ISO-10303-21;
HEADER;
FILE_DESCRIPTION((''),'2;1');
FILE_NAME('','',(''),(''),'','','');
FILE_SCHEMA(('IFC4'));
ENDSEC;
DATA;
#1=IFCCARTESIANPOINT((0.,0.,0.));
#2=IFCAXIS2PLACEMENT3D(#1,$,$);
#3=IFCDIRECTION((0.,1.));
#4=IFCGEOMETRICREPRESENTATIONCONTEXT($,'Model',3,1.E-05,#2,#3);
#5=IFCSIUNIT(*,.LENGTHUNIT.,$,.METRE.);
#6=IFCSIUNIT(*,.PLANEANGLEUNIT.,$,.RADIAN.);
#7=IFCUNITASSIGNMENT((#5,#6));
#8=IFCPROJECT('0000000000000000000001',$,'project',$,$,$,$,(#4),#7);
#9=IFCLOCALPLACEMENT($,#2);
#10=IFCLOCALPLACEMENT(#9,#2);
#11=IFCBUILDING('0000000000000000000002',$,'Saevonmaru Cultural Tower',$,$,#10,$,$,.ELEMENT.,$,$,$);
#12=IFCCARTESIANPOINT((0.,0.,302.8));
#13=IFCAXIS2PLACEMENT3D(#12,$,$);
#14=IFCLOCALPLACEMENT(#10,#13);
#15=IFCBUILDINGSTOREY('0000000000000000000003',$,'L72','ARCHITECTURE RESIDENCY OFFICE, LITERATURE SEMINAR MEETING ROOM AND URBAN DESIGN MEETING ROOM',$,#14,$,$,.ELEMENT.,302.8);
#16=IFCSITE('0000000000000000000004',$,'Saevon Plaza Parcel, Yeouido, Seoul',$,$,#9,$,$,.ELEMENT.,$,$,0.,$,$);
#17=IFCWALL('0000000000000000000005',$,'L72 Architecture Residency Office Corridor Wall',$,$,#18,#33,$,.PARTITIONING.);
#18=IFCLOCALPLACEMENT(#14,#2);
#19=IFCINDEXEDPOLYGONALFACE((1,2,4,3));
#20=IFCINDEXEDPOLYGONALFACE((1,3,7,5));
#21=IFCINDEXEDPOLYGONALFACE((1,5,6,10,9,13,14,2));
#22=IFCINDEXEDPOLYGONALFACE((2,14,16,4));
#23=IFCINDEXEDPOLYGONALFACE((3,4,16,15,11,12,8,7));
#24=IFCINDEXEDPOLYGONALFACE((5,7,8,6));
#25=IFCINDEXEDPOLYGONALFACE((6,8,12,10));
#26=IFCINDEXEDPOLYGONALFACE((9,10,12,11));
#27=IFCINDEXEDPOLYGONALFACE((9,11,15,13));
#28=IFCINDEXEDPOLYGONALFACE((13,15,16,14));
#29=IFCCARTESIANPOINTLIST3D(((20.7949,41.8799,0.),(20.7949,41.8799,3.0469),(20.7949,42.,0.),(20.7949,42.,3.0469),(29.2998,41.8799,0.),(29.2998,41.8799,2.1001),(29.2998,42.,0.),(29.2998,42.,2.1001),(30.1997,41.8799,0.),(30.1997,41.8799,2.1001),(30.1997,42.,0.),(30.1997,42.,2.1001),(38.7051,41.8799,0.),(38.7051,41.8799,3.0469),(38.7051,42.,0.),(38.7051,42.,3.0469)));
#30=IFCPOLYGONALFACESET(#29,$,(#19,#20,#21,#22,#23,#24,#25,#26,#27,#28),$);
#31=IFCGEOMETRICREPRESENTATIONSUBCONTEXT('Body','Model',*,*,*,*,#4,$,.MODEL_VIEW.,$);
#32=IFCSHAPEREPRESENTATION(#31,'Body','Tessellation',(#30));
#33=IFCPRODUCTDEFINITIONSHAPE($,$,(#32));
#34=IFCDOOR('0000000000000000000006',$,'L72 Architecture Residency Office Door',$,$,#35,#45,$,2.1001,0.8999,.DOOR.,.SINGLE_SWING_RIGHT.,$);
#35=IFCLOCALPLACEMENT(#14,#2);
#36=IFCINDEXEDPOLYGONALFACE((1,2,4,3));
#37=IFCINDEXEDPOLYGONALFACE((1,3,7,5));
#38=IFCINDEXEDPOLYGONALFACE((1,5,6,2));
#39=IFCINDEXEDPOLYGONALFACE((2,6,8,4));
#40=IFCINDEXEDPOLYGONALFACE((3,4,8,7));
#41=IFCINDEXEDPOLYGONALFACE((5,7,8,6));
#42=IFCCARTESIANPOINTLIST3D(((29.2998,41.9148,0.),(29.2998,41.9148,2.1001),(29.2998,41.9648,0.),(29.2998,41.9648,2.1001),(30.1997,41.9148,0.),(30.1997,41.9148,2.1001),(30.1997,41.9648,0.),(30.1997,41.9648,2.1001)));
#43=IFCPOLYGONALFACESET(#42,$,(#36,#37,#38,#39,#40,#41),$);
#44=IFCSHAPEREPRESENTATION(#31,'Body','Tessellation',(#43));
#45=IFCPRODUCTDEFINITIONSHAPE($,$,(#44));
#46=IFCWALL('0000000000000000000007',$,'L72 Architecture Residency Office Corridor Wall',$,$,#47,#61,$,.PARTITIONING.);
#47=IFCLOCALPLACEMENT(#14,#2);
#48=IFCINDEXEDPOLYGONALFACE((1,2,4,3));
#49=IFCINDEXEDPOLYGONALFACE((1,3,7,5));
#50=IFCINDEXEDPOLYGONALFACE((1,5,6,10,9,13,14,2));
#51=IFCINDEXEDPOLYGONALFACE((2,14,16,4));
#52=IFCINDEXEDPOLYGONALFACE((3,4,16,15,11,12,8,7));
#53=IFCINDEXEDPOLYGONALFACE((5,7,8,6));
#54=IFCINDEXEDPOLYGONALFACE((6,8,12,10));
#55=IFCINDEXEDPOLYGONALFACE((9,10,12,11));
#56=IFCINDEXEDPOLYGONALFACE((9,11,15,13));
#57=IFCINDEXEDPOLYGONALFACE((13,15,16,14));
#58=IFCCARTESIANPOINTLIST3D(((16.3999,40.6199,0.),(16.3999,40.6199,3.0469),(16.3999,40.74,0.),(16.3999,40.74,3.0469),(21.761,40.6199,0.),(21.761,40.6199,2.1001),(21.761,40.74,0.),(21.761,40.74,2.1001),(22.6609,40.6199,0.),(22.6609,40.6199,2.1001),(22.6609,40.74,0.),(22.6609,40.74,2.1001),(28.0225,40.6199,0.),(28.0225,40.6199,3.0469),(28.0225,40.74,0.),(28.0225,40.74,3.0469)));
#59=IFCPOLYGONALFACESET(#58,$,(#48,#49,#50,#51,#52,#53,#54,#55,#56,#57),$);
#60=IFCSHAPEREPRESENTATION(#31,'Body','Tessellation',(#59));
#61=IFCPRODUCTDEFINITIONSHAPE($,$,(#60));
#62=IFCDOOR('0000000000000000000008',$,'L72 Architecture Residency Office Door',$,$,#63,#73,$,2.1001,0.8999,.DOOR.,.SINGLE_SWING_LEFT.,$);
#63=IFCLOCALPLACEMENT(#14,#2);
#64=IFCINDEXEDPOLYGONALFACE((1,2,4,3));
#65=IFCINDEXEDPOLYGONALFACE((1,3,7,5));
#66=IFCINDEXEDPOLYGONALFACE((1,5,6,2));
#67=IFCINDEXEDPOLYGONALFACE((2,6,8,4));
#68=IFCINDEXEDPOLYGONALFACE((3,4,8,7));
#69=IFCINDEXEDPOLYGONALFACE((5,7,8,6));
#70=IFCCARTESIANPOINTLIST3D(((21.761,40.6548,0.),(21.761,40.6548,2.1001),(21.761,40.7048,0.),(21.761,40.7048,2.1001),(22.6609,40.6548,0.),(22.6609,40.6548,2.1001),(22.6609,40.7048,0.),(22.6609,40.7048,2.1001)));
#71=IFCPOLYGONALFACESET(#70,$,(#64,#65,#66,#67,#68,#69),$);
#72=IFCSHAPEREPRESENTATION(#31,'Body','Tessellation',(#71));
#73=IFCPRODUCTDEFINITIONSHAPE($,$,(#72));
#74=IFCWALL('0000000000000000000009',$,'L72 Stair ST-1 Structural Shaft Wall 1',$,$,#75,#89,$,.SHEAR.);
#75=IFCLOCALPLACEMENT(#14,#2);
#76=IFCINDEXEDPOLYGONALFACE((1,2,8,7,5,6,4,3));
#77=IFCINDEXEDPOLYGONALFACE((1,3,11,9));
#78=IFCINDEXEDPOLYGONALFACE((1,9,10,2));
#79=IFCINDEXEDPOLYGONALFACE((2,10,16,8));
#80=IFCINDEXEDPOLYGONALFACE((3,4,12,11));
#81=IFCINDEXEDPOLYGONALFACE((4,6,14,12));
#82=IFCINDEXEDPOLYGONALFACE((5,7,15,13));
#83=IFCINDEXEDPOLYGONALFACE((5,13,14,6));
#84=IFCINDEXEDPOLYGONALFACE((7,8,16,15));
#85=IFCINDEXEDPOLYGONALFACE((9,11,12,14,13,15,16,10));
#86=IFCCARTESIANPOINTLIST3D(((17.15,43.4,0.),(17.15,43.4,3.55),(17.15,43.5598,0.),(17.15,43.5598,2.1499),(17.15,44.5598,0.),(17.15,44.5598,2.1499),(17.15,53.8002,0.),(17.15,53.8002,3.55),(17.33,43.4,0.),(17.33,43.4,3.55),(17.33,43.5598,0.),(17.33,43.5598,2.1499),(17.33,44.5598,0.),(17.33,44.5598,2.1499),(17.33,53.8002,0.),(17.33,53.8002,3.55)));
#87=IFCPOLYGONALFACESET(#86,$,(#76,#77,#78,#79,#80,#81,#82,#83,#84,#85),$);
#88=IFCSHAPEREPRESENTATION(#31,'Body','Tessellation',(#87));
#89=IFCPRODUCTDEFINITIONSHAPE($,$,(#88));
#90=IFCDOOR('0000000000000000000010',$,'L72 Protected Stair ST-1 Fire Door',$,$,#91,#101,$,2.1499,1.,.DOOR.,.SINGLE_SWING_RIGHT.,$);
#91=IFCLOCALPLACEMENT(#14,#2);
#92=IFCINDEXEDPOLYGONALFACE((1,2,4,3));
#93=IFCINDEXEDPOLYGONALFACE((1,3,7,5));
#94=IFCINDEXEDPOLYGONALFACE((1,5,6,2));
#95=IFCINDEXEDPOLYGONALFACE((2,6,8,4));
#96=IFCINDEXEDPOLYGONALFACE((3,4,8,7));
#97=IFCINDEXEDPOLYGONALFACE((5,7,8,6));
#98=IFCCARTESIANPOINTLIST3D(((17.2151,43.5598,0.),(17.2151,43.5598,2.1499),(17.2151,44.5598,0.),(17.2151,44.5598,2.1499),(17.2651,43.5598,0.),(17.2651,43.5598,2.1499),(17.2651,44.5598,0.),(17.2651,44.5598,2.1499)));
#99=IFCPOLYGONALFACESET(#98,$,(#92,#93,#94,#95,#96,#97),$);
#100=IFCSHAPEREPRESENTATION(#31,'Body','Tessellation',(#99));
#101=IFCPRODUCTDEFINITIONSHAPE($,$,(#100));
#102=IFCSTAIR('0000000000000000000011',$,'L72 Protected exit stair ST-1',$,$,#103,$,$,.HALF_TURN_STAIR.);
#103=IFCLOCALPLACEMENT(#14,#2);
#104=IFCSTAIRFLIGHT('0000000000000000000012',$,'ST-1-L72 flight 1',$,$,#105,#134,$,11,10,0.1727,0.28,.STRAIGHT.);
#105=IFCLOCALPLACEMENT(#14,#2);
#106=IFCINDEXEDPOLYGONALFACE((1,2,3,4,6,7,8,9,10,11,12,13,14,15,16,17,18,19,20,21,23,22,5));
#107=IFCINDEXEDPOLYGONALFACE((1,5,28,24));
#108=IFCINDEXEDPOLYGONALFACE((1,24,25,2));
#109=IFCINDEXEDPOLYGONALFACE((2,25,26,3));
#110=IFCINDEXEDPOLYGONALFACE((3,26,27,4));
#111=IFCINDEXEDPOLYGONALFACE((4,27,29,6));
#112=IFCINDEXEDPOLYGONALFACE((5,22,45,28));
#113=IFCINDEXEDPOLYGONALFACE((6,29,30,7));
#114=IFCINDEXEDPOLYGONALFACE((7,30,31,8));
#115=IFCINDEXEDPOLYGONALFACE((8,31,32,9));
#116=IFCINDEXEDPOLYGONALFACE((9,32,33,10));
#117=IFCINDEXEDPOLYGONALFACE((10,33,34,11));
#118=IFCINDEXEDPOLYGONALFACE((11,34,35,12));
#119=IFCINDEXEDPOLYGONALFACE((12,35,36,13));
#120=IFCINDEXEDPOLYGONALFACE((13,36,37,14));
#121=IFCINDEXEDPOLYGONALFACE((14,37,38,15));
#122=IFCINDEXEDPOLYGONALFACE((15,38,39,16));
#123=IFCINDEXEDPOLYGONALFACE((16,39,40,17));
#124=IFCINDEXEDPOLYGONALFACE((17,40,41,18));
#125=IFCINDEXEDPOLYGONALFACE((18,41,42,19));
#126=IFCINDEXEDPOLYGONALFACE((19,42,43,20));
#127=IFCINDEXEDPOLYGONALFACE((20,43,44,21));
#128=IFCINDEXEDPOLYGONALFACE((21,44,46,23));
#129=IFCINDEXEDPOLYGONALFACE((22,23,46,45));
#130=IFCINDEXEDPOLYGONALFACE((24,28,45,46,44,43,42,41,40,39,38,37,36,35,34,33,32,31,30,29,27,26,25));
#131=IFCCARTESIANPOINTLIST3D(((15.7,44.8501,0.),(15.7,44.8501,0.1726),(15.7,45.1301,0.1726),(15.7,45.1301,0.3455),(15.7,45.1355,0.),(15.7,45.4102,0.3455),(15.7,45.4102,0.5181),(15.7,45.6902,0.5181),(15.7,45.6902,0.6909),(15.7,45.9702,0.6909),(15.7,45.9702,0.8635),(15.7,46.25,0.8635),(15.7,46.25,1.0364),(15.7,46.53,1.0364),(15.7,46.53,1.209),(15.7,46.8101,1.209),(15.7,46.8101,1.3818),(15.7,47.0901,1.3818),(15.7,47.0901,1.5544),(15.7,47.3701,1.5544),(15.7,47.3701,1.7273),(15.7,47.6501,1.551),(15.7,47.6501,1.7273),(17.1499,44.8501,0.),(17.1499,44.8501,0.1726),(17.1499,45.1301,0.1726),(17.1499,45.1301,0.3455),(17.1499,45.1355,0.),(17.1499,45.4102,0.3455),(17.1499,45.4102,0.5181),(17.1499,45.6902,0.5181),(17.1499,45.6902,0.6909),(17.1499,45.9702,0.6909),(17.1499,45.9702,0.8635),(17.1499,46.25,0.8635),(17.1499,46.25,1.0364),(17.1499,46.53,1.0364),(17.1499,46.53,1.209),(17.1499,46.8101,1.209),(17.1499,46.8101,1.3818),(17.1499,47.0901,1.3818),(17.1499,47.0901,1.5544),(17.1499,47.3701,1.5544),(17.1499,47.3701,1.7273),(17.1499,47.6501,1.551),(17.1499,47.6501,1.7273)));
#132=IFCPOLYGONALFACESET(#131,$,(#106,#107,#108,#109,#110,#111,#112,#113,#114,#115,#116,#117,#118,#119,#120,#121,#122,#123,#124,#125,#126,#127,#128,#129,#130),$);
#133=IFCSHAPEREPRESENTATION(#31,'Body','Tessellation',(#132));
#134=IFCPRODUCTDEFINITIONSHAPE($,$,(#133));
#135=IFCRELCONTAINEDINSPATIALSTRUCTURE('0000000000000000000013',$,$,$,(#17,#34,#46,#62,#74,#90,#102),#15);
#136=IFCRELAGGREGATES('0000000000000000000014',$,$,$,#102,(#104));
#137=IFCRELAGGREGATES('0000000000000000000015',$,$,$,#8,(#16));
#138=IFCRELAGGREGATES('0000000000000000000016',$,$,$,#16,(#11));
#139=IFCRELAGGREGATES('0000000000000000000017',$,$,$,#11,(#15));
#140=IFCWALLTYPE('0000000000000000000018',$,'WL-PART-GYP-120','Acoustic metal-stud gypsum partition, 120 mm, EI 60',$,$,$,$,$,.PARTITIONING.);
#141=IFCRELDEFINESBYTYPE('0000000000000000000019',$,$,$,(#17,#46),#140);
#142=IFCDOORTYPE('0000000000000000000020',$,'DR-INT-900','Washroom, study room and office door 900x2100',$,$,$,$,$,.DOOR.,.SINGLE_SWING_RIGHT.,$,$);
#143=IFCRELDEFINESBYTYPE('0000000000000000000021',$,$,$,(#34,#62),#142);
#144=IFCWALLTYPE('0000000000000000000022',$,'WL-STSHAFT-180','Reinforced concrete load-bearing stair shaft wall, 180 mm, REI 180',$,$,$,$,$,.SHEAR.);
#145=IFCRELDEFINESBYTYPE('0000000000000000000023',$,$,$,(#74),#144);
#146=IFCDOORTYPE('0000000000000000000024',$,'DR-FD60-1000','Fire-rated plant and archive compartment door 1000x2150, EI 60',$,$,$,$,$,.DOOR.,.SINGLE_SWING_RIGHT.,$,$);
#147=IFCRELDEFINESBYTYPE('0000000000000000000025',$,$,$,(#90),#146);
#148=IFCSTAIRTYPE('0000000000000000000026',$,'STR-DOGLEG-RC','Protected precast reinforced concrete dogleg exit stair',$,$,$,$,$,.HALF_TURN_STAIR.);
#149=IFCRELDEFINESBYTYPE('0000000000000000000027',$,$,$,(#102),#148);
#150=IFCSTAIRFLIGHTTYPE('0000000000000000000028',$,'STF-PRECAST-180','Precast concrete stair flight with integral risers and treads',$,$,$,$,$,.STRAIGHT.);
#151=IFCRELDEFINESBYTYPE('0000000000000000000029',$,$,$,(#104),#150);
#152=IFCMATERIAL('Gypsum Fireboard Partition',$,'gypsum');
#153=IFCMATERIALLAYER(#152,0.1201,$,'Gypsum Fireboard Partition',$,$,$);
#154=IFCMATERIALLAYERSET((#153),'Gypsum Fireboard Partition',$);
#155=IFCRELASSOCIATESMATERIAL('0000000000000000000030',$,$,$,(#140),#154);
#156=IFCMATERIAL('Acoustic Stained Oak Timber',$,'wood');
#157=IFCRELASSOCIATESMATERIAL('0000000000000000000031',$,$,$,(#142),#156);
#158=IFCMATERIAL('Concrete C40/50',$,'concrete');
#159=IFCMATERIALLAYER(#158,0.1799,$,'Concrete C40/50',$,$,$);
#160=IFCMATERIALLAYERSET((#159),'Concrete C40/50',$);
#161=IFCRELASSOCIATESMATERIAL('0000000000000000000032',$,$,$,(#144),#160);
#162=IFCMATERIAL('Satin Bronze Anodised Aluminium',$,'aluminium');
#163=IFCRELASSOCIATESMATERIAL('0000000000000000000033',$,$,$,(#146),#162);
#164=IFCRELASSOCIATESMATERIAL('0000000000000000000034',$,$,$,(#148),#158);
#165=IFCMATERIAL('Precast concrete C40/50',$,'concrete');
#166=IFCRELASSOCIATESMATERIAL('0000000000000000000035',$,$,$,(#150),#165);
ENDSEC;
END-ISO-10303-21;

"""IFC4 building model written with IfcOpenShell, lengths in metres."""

from ifc_helpers import new_model, si_unit, direction, frame, frame_2d, origin, place, context, subcontext, project, spatial, polyline, rectangle, outline, extrude, material, layer, layer_set, type_object, element, fill, aggregate, save


model = new_model("IFC4")

# Units and contexts
model_context = context("Model", 3, precision=1e-05, world=origin(), true_north=direction((0.0, 1.0)))
body_context = subcontext(model_context, "Body", "Model", "MODEL_VIEW")
ifc_project = project(units=[si_unit("LENGTHUNIT", "METRE"), si_unit("PLANEANGLEUNIT", "RADIAN")], contexts=[model_context])

# Site, building, storey
site_placement = place(None, origin())
site = spatial("IfcSite", under=ifc_project, at=site_placement, Name="Saevon Plaza Parcel, Yeouido, Seoul", CompositionType="ELEMENT", RefElevation=0.0)
building_placement = place(site_placement, origin())
building = spatial("IfcBuilding", under=site, at=building_placement, Name="Saevonmaru Cultural Tower", CompositionType="ELEMENT")
storey_placement = place(building_placement, frame((0.0, 0.0, 302.8)))
storey = spatial("IfcBuildingStorey", under=building, at=storey_placement, Name="L72", Description="ARCHITECTURE RESIDENCY OFFICE, LITERATURE SEMINAR MEETING ROOM AND URBAN DESIGN MEETING ROOM", CompositionType="ELEMENT", Elevation=302.8)

# Shared definitions
ifc_material_1 = material(Name="Satin Bronze Anodised Aluminium", Category="aluminium")

# Shared definitions
ifc_material_2 = material(Name="Gypsum Fireboard Partition", Category="gypsum")

# Walls, openings, doors
ifc_layer_1 = layer(ifc_material_2, 0.1201, Name="Gypsum Fireboard Partition")
ifc_layer_set_1 = layer_set([ifc_layer_1], Name="Gypsum Fireboard Partition")
wall_type_1 = type_object("IfcWallType", Name="WL-PART-GYP-120", Description="Acoustic metal-stud gypsum partition, 120 mm, EI 60", PredefinedType="PARTITIONING", material=ifc_layer_set_1)
ifc_material_3 = material(Name="Acoustic Stained Oak Timber", Category="wood")
door_type_1 = type_object("IfcDoorType", Name="DR-INT-900", Description="Washroom, study room and office door 900x2100", OperationType="SINGLE_SWING_RIGHT", PredefinedType="DOOR", material=ifc_material_3)
wall_1_placement = place(storey_placement, frame((20.7949, 41.9399, 0.0), z_axis=(0.0, 0.0, 1.0), x_axis=(1.0, 0.0, 0.0)))
wall_1 = element("IfcWall", 1, at=wall_1_placement, inside=storey, type_object=wall_type_1, Name="L72 Architecture Residency Office Corridor Wall", PredefinedType="PARTITIONING", context=body_context, shape_type="SweptSolid", body=[
    extrude(rectangle(XDim=17.9102, YDim=0.1201, at=frame_2d((8.9551, 0.0))), origin(), (0.0, 0.0, 1.0), 3.0469),
])
opening_1_placement = place(wall_1_placement, frame((8.5049, 0.0, 0.0)))
opening_1 = element("IfcOpeningElement", 2, at=opening_1_placement, cuts=wall_1, PredefinedType="OPENING", context=body_context, shape_type="SweptSolid", body=[
    extrude(rectangle(XDim=0.8999, YDim=2.1001, at=frame_2d((0.45, 1.05))), frame((0.0, 0.0701, 0.0), z_axis=(0.0, -1.0, 0.0), x_axis=(1.0, 0.0, 0.0)), (0.0, 0.0, 1.0), 0.1401),
])
door_1_placement = place(opening_1_placement, origin())
door_1 = element("IfcDoor", 3, at=door_1_placement, inside=storey, type_object=door_type_1, Name="L72 Architecture Residency Office Door", OperationType="SINGLE_SWING_RIGHT", OverallHeight=2.1001, OverallWidth=0.8999, PredefinedType="DOOR", context=body_context, shape_type="SweptSolid", body=[
    extrude(rectangle(XDim=0.8999, YDim=2.1001, at=frame_2d((0.45, 1.05))), frame((0.0, 0.0249, 0.0), z_axis=(0.0, -1.0, 0.0), x_axis=(1.0, 0.0, 0.0)), (0.0, 0.0, 1.0), 0.05),
])
fill(opening_1, door_1)
wall_2_placement = place(storey_placement, frame((16.3999, 40.6799, 0.0), z_axis=(0.0, 0.0, 1.0), x_axis=(1.0, 0.0, 0.0)))
wall_2 = element("IfcWall", 4, at=wall_2_placement, inside=storey, type_object=wall_type_1, Name="L72 Architecture Residency Office Corridor Wall", PredefinedType="PARTITIONING", context=body_context, shape_type="SweptSolid", body=[
    extrude(rectangle(XDim=11.6226, YDim=0.1201, at=frame_2d((5.8113, 0.0))), origin(), (0.0, 0.0, 1.0), 3.0469),
])
opening_2_placement = place(wall_2_placement, frame((5.3611, 0.0, 0.0)))
opening_2 = element("IfcOpeningElement", 5, at=opening_2_placement, cuts=wall_2, PredefinedType="OPENING", context=body_context, shape_type="SweptSolid", body=[
    extrude(rectangle(XDim=0.8999, YDim=2.1001, at=frame_2d((0.45, 1.05))), frame((0.0, 0.0701, 0.0), z_axis=(0.0, -1.0, 0.0), x_axis=(1.0, 0.0, 0.0)), (0.0, 0.0, 1.0), 0.1401),
])
door_2_placement = place(opening_2_placement, origin())
door_2 = element("IfcDoor", 6, at=door_2_placement, inside=storey, type_object=door_type_1, Name="L72 Architecture Residency Office Door", OperationType="SINGLE_SWING_LEFT", OverallHeight=2.1001, OverallWidth=0.8999, PredefinedType="DOOR", context=body_context, shape_type="SweptSolid", body=[
    extrude(rectangle(XDim=0.8999, YDim=2.1001, at=frame_2d((0.45, 1.05))), frame((0.0, 0.0249, 0.0), z_axis=(0.0, -1.0, 0.0), x_axis=(1.0, 0.0, 0.0)), (0.0, 0.0, 1.0), 0.05),
])
fill(opening_2, door_2)
ifc_material_4 = material(Name="Concrete C40/50", Category="concrete")
ifc_layer_2 = layer(ifc_material_4, 0.1799, Name="Concrete C40/50")
ifc_layer_set_2 = layer_set([ifc_layer_2], Name="Concrete C40/50")
wall_type_2 = type_object("IfcWallType", Name="WL-STSHAFT-180", Description="Reinforced concrete load-bearing stair shaft wall, 180 mm, REI 180", PredefinedType="SHEAR", material=ifc_layer_set_2)
wall_3_placement = place(storey_placement, frame((17.24, 43.3999, 0.0), z_axis=(0.0, 0.0, 1.0), x_axis=(0.0, 1.0, 0.0)))
wall_3 = element("IfcWall", 7, at=wall_3_placement, inside=storey, type_object=wall_type_2, Name="L72 Stair ST-1 Structural Shaft Wall 1", PredefinedType="SHEAR", context=body_context, shape_type="SweptSolid", body=[
    extrude(rectangle(XDim=10.4001, YDim=0.1799, at=frame_2d((5.2002, 0.0))), origin(), (0.0, 0.0, 1.0), 3.55),
])
opening_3_placement = place(wall_3_placement, frame((0.1599, 0.0, 0.0)))
opening_3 = element("IfcOpeningElement", 8, at=opening_3_placement, cuts=wall_3, PredefinedType="OPENING", context=body_context, shape_type="SweptSolid", body=[
    extrude(rectangle(XDim=1.0, YDim=2.1499, at=frame_2d((0.5, 1.075))), frame((0.0, 0.1001, 0.0), z_axis=(0.0, -1.0, 0.0), x_axis=(1.0, 0.0, 0.0)), (0.0, 0.0, 1.0), 0.2),
])
door_type_2 = type_object("IfcDoorType", Name="DR-FD60-1000", Description="Fire-rated plant and archive compartment door 1000x2150, EI 60", OperationType="SINGLE_SWING_RIGHT", PredefinedType="DOOR", material=ifc_material_1)
door_3_placement = place(opening_3_placement, origin())
door_3 = element("IfcDoor", 9, at=door_3_placement, inside=storey, type_object=door_type_2, Name="L72 Protected Stair ST-1 Fire Door", OperationType="SINGLE_SWING_RIGHT", OverallHeight=2.1499, OverallWidth=1.0, PredefinedType="DOOR", context=body_context, shape_type="SweptSolid", body=[
    extrude(rectangle(XDim=1.0, YDim=2.1499, at=frame_2d((0.5, 1.075))), frame((0.0, 0.0249, 0.0), z_axis=(0.0, -1.0, 0.0), x_axis=(1.0, 0.0, 0.0)), (0.0, 0.0, 1.0), 0.05),
])
fill(opening_3, door_3)

# Stair, stair flight
stair_type = type_object("IfcStairType", Name="STR-DOGLEG-RC", Description="Protected precast reinforced concrete dogleg exit stair", PredefinedType="HALF_TURN_STAIR", material=ifc_material_4)
stair_placement = place(storey_placement, origin())
stair = element("IfcStair", 10, at=stair_placement, inside=storey, type_object=stair_type, Name="L72 Protected exit stair ST-1", PredefinedType="HALF_TURN_STAIR")
ifc_material_5 = material(Name="Precast concrete C40/50", Category="concrete")
stair_flight_type = type_object("IfcStairFlightType", Name="STF-PRECAST-180", Description="Precast concrete stair flight with integral risers and treads", PredefinedType="STRAIGHT", material=ifc_material_5)
stair_flight_placement = place(storey_placement, frame((16.425, 44.8501, 0.0), z_axis=(0.0, 0.0, 1.0), x_axis=(0.0, 1.0, 0.0)))
stair_flight = element("IfcStairFlight", 11, at=stair_flight_placement, type_object=stair_flight_type, Name="ST-1-L72 flight 1", NumberOfRisers=11, NumberOfTreads=10, PredefinedType="STRAIGHT", RiserHeight=0.1727, TreadLength=0.28, context=body_context, shape_type="SweptSolid", body=[
    extrude(outline(polyline([(0.0, 0.0), (0.0, 0.1726), (0.28, 0.1726), (0.28, 0.3455), (0.5601, 0.3455), (0.5601, 0.5181), (0.8401, 0.5181), (0.8401, 0.6909), (1.1201, 0.6909), (1.1201, 0.8635), (1.3999, 0.8635), (1.3999, 1.0364), (1.6799, 1.0364), (1.6799, 1.209), (1.96, 1.209), (1.96, 1.3818), (2.24, 1.3818), (2.24, 1.5544), (2.52, 1.5544), (2.52, 1.7273), (2.8, 1.7273), (2.8, 1.8999), (2.8, 1.551), (0.2854, 0.0), (0.0, 0.0)])), frame((0.0, 0.7251, 0.0), z_axis=(0.0, -1.0, 0.0), x_axis=(1.0, 0.0, 0.0)), (0.0, 0.0, 1.0), 1.45),
])
aggregate(stair, [stair_flight])

save(model, "model.ifc")
